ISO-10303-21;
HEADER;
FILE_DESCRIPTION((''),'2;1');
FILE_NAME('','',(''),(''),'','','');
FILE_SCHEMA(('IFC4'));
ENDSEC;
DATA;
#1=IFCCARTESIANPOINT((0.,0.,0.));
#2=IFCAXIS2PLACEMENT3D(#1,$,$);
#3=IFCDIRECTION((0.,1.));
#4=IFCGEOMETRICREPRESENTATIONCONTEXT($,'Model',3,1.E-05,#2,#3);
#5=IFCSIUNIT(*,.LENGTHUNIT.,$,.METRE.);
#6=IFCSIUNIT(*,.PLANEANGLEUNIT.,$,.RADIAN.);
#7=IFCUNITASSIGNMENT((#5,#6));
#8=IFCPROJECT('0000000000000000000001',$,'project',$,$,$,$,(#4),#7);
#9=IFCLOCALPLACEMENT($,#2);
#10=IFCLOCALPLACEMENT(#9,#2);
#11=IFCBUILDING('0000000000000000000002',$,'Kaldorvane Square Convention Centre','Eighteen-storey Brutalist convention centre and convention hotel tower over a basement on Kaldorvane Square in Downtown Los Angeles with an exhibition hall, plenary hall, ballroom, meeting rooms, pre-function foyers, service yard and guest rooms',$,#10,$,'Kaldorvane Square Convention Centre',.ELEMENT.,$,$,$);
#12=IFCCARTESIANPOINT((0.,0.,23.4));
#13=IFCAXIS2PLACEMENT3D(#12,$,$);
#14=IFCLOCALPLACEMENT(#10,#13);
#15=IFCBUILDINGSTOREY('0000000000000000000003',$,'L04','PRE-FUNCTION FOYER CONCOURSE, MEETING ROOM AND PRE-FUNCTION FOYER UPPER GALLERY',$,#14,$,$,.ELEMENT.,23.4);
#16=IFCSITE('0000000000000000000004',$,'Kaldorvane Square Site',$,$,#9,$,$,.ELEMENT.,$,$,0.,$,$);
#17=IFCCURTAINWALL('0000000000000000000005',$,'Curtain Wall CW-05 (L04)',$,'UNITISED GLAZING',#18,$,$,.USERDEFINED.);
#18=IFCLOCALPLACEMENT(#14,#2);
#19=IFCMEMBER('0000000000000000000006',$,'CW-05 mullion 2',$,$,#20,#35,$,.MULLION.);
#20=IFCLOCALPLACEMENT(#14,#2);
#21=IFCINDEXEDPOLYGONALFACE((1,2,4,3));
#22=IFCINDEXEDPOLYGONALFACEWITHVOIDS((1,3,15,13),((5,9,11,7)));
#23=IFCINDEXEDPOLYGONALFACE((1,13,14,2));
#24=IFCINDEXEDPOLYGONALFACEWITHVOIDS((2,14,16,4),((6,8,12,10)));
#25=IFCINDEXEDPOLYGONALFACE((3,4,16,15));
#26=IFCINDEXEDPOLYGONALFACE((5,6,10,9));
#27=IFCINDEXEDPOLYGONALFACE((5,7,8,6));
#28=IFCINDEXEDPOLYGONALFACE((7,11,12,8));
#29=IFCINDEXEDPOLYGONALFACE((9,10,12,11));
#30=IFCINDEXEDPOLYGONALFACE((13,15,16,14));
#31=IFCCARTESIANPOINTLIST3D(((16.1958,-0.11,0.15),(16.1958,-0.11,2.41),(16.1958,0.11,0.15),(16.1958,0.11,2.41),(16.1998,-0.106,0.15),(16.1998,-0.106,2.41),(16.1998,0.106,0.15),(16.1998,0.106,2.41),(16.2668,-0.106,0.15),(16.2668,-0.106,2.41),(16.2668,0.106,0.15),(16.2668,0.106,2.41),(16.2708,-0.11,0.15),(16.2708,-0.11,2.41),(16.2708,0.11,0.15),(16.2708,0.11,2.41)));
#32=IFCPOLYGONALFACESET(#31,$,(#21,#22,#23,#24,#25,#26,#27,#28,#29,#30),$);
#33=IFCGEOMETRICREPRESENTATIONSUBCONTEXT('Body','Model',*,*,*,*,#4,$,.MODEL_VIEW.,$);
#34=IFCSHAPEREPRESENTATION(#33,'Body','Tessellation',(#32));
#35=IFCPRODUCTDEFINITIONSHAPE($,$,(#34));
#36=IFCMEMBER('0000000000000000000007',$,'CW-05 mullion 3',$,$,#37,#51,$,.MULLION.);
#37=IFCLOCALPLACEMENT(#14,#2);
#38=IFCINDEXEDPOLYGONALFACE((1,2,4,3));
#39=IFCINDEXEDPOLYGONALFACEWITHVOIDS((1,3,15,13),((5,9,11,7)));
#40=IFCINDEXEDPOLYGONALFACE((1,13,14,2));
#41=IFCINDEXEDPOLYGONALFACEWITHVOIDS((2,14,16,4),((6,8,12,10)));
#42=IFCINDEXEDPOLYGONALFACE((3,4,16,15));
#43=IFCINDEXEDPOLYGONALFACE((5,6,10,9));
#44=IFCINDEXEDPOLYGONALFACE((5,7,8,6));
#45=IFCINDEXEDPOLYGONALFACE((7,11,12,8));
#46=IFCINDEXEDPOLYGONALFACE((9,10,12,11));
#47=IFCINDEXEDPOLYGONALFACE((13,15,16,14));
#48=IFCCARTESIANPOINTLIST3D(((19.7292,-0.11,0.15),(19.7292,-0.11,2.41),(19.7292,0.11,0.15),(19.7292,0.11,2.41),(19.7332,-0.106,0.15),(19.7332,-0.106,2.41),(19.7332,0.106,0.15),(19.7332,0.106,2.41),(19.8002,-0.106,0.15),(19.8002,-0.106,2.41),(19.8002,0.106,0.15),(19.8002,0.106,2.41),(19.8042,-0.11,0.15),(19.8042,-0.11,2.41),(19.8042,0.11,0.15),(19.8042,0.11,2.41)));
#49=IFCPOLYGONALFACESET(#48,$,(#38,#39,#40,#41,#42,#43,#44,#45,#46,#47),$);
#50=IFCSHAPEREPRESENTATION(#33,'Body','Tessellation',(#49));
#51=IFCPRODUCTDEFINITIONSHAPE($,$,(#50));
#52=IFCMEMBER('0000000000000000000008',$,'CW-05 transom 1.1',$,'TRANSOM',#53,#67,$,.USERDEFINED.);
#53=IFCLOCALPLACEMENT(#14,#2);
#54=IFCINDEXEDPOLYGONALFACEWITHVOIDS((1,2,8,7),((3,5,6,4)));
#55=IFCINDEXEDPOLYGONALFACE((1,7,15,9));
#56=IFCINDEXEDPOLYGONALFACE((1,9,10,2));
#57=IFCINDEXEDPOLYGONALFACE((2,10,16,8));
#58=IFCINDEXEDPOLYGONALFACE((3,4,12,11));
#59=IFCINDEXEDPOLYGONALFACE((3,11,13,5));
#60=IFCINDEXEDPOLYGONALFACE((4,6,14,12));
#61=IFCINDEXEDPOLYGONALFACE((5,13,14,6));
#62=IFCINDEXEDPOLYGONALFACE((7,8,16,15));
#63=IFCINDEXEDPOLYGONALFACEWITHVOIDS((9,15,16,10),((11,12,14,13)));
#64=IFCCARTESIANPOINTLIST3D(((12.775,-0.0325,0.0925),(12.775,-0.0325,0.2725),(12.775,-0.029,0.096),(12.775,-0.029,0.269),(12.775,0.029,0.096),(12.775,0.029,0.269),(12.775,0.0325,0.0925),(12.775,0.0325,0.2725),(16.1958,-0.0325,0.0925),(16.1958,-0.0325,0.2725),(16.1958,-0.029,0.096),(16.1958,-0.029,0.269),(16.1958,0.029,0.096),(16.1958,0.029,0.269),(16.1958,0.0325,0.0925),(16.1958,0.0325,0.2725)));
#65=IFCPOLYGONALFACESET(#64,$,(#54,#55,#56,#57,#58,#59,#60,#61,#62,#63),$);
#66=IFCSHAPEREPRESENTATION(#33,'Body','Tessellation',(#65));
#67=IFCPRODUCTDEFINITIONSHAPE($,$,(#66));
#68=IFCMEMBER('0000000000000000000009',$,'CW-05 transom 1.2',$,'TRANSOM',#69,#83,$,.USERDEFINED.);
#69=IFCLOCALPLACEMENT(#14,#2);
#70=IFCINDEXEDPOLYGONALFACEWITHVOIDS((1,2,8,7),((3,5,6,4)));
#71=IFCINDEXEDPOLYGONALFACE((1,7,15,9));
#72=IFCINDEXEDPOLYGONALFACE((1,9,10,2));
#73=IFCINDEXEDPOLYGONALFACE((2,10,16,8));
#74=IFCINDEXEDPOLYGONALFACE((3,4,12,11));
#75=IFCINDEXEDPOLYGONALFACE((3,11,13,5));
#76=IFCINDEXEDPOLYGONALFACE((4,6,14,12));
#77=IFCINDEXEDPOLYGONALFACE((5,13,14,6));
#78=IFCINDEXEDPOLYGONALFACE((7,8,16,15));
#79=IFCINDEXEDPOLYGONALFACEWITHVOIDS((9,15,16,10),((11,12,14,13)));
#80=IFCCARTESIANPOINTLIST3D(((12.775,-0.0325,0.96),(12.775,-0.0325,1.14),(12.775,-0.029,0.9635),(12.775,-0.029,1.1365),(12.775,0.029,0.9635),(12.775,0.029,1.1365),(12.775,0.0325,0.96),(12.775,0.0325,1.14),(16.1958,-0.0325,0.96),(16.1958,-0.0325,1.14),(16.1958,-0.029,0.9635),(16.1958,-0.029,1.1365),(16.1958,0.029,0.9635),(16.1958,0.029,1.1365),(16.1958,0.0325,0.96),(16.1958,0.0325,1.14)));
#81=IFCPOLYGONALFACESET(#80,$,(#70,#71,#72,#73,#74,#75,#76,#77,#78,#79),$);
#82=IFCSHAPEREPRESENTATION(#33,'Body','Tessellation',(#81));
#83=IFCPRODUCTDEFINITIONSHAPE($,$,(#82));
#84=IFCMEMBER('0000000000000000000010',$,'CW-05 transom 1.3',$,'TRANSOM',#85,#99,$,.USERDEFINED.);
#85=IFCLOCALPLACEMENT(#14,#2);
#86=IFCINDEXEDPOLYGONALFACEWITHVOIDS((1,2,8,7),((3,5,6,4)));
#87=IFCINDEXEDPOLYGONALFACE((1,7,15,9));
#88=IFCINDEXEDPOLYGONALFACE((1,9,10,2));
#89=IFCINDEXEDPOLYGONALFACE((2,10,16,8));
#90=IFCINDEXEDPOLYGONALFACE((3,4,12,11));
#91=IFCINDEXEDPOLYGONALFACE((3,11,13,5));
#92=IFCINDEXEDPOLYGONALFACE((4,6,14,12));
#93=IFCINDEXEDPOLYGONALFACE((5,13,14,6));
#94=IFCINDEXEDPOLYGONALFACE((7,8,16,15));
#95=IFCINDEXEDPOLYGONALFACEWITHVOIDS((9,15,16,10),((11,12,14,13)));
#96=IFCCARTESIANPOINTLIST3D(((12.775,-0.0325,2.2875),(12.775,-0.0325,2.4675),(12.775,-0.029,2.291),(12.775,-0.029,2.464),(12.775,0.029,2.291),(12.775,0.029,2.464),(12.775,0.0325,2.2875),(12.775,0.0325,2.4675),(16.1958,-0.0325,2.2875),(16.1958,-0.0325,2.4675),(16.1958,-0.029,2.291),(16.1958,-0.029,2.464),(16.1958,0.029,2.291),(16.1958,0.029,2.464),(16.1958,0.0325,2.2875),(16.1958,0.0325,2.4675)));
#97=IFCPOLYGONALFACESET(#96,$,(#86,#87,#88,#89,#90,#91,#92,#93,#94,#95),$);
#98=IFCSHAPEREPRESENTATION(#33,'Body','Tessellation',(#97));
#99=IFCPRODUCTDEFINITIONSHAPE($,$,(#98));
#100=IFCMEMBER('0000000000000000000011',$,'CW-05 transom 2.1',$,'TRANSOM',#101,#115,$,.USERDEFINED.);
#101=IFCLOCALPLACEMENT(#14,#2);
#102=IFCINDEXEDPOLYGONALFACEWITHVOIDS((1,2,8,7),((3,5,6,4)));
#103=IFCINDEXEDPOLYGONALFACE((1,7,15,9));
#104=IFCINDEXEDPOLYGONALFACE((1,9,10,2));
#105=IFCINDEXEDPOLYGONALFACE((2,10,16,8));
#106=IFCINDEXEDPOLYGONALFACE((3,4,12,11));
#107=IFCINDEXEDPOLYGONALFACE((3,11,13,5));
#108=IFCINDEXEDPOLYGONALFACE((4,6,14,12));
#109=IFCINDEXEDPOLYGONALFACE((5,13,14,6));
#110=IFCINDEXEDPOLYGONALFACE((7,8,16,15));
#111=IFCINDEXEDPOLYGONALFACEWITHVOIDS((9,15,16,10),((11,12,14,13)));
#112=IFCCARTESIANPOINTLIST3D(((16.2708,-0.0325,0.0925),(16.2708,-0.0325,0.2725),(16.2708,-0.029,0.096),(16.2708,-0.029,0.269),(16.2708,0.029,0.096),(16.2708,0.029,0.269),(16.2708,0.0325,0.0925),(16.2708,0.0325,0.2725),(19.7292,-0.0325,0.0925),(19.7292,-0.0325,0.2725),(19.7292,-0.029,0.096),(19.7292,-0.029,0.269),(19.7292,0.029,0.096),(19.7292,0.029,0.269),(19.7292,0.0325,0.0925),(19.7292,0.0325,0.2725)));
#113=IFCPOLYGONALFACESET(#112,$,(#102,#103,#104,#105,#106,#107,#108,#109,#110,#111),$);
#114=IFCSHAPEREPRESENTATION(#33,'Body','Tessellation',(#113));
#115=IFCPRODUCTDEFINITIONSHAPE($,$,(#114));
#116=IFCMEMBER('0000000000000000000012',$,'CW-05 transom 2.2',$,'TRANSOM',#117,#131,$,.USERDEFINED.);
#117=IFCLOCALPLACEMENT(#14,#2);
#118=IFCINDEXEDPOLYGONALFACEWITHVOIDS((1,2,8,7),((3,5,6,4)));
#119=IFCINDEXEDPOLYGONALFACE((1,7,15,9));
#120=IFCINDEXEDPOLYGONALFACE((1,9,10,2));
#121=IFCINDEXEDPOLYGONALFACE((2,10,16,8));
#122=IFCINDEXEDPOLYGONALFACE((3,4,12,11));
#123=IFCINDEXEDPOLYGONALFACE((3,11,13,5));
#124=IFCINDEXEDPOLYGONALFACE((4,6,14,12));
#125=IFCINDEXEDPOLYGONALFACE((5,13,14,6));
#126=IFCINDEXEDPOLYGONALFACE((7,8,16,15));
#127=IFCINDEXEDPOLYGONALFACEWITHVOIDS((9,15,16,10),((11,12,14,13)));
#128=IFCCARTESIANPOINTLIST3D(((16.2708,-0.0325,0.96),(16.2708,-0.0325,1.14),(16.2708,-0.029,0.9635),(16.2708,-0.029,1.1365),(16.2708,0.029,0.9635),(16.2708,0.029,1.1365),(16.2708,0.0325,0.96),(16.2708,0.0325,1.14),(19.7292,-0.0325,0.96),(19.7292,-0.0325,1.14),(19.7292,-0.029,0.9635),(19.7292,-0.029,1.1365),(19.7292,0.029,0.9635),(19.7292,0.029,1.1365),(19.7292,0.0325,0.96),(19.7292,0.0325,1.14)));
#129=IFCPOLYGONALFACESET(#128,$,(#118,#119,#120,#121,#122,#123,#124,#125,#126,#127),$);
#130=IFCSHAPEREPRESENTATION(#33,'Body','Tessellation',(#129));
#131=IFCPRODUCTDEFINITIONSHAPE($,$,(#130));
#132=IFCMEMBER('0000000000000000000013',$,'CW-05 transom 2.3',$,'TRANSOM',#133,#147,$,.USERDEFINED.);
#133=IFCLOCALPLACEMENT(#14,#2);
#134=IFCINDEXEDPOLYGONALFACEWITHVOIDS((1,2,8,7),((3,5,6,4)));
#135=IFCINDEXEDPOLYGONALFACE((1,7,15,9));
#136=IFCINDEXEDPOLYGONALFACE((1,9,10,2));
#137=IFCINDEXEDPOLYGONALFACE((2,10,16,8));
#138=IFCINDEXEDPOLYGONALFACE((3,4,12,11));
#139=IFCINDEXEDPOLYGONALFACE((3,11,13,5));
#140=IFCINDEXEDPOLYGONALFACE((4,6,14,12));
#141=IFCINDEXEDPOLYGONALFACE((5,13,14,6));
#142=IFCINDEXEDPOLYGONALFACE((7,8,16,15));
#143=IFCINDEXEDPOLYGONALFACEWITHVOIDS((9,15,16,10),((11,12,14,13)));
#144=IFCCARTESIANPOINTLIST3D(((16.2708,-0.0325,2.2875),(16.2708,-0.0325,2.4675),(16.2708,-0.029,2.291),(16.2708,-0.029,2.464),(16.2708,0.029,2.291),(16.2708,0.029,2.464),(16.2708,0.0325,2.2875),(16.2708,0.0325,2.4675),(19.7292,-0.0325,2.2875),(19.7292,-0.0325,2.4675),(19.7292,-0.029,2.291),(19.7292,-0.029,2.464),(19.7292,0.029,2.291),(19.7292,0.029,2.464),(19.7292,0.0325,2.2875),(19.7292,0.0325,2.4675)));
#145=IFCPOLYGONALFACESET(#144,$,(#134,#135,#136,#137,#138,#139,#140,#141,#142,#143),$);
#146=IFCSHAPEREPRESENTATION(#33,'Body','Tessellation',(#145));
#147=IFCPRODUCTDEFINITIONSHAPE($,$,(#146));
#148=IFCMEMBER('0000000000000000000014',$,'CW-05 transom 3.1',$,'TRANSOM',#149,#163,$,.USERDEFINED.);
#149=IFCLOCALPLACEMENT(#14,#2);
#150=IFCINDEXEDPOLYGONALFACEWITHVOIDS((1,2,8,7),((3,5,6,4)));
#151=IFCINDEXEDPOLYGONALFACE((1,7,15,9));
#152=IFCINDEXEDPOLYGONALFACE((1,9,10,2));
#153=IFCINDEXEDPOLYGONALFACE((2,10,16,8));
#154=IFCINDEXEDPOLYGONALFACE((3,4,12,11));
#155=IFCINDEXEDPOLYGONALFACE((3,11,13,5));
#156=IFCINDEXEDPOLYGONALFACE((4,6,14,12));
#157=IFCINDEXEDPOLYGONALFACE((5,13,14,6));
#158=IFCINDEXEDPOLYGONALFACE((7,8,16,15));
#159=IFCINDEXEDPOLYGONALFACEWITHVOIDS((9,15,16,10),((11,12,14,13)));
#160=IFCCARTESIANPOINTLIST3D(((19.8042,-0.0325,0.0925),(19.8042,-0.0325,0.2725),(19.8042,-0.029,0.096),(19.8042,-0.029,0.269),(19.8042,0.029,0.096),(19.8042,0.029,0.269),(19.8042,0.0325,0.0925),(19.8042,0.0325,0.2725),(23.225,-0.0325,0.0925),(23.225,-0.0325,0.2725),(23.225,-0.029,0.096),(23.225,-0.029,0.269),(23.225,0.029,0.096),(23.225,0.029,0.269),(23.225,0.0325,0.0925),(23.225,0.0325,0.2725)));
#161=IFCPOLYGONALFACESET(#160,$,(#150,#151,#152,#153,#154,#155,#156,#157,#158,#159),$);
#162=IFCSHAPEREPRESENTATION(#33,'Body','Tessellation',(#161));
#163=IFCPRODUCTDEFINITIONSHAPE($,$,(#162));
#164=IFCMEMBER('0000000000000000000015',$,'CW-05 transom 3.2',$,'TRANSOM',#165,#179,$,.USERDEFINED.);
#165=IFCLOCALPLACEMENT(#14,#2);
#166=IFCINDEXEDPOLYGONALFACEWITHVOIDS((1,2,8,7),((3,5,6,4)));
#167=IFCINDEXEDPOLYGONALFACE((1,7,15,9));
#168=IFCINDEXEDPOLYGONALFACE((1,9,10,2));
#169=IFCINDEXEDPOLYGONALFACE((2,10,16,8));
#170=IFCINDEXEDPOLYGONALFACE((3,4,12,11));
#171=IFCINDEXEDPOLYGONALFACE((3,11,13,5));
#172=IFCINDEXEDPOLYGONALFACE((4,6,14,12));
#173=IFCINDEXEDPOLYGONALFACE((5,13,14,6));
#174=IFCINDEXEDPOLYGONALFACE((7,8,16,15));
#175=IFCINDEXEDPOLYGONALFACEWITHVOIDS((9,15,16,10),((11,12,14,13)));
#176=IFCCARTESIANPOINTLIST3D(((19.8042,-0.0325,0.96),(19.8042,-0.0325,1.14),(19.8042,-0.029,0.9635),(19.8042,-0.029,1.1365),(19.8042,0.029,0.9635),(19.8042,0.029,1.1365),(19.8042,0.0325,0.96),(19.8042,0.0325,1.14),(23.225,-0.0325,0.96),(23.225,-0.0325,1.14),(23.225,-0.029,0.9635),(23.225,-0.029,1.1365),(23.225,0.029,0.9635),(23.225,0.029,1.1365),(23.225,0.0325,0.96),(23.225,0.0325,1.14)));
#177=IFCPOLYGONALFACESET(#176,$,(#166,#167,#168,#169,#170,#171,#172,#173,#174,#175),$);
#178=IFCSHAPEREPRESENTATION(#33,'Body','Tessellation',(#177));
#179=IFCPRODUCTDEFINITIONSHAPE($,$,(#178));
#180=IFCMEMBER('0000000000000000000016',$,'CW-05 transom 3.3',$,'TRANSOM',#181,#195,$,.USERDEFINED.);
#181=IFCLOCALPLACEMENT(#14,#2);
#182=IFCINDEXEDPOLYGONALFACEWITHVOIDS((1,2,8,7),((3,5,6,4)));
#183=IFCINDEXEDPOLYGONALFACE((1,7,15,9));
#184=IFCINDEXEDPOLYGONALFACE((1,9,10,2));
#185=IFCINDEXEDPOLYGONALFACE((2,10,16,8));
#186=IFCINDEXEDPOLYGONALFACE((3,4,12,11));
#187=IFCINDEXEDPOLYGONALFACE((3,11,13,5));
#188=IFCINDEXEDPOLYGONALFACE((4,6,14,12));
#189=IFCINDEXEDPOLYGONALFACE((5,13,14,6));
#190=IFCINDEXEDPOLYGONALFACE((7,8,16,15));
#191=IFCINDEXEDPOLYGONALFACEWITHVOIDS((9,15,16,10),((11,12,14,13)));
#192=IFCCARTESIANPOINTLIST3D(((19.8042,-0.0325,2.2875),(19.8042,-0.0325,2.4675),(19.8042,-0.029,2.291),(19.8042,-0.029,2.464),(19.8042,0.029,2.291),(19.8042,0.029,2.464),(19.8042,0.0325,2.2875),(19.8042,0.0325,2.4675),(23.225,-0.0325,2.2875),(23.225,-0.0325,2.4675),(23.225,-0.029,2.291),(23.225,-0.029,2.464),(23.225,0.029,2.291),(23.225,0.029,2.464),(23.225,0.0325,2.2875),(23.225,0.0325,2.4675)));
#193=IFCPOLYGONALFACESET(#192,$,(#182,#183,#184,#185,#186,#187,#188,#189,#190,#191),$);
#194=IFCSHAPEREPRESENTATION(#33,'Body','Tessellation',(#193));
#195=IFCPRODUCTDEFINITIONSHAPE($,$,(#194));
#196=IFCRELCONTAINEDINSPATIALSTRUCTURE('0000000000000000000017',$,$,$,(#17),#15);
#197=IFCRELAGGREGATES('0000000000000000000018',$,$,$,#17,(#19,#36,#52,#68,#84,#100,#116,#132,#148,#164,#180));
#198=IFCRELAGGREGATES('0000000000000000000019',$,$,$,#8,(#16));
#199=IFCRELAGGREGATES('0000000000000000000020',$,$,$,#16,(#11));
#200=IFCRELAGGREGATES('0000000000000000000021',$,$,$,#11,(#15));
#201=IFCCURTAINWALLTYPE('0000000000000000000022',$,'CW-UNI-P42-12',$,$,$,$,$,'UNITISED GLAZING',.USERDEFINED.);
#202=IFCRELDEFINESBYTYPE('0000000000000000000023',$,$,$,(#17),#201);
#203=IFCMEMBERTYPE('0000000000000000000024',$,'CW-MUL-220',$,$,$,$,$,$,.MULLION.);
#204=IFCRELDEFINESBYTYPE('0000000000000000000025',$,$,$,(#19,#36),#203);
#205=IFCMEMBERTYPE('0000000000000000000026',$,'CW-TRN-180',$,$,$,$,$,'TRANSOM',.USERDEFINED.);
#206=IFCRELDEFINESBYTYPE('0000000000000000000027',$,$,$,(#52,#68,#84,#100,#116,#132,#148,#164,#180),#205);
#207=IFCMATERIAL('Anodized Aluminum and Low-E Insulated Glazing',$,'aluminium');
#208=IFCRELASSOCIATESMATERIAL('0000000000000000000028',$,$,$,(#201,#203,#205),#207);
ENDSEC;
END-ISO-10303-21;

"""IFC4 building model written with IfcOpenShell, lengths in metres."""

from ifc_helpers import new_model, si_unit, direction, frame, origin, origin_2d, place, context, subcontext, project, spatial, hollow_rectangle, extrude, material, material_profile, profile_set, type_object, element, aggregate, save


model = new_model("IFC4")

# Units and contexts
model_context = context("Model", 3, precision=1e-05, world=origin(), true_north=direction((0.0, 1.0)))
body_context = subcontext(model_context, "Body", "Model", "MODEL_VIEW")
ifc_project = project(units=[si_unit("LENGTHUNIT", "METRE"), si_unit("PLANEANGLEUNIT", "RADIAN")], contexts=[model_context])

# Site, building, storey
site_placement = place(None, origin())
site = spatial("IfcSite", under=ifc_project, at=site_placement, Name="Kaldorvane Square Site", CompositionType="ELEMENT", RefElevation=0.0)
building_placement = place(site_placement, origin())
building = spatial("IfcBuilding", under=site, at=building_placement, Name="Kaldorvane Square Convention Centre", Description="Eighteen-storey Brutalist convention centre and convention hotel tower over a basement on Kaldorvane Square in Downtown Los Angeles with an exhibition hall, plenary hall, ballroom, meeting rooms, pre-function foyers, service yard and guest rooms", LongName="Kaldorvane Square Convention Centre", CompositionType="ELEMENT")
storey_placement = place(building_placement, frame((0.0, 0.0, 23.4)))
storey = spatial("IfcBuildingStorey", under=building, at=storey_placement, Name="L04", Description="PRE-FUNCTION FOYER CONCOURSE, MEETING ROOM AND PRE-FUNCTION FOYER UPPER GALLERY", CompositionType="ELEMENT", Elevation=23.4)

# Curtain wall, members
ifc_material_1 = material(Name="Anodized Aluminum and Low-E Insulated Glazing", Category="aluminium")
curtain_wall_type = type_object("IfcCurtainWallType", Name="CW-UNI-P42-12", ElementType="UNITISED GLAZING", PredefinedType="USERDEFINED", material=ifc_material_1)
curtain_wall_placement = place(storey_placement, origin())
curtain_wall = element("IfcCurtainWall", 1, at=curtain_wall_placement, inside=storey, type_object=curtain_wall_type, Name="Curtain Wall CW-05 (L04)", ObjectType="UNITISED GLAZING", PredefinedType="USERDEFINED")
ifc_material_profile_1 = material_profile(ifc_material_1, hollow_rectangle(XDim=0.075, YDim=0.22, WallThickness=0.004, at=origin_2d()), Name="CWM-220X75")
ifc_profile_set_1 = profile_set([ifc_material_profile_1], Name="Anodized Aluminum and Low-E Insulated Glazing")
member_type_1 = type_object("IfcMemberType", Name="CW-MUL-220", PredefinedType="MULLION", material=ifc_profile_set_1)
member_1_placement = place(storey_placement, frame((16.2333, 0.0, 0.15), z_axis=(0.0, 0.0, 1.0), x_axis=(1.0, 0.0, 0.0)))
member_1 = element("IfcMember", 2, at=member_1_placement, type_object=member_type_1, Name="CW-05 mullion 2", PredefinedType="MULLION", context=body_context, shape_type="SweptSolid", body=[
    extrude(hollow_rectangle(XDim=0.075, YDim=0.22, WallThickness=0.004, at=origin_2d()), origin(), (0.0, 0.0, 1.0), 2.26),
])
member_2_placement = place(storey_placement, frame((19.7667, 0.0, 0.15), z_axis=(0.0, 0.0, 1.0), x_axis=(1.0, 0.0, 0.0)))
member_2 = element("IfcMember", 3, at=member_2_placement, type_object=member_type_1, Name="CW-05 mullion 3", PredefinedType="MULLION", context=body_context, shape_type="SweptSolid", body=[
    extrude(hollow_rectangle(XDim=0.075, YDim=0.22, WallThickness=0.004, at=origin_2d()), origin(), (0.0, 0.0, 1.0), 2.26),
])
ifc_material_profile_2 = material_profile(ifc_material_1, hollow_rectangle(XDim=0.065, YDim=0.18, WallThickness=0.0035, at=origin_2d()), Name="CWT-180X65")
ifc_profile_set_2 = profile_set([ifc_material_profile_2], Name="Anodized Aluminum and Low-E Insulated Glazing")
member_type_2 = type_object("IfcMemberType", Name="CW-TRN-180", ElementType="TRANSOM", PredefinedType="USERDEFINED", material=ifc_profile_set_2)
member_3_placement = place(storey_placement, frame((12.775, 0.0, 0.1825), z_axis=(1.0, 0.0, 0.0), x_axis=(0.0, 1.0, 0.0)))
member_3 = element("IfcMember", 4, at=member_3_placement, type_object=member_type_2, Name="CW-05 transom 1.1", ObjectType="TRANSOM", PredefinedType="USERDEFINED", context=body_context, shape_type="SweptSolid", body=[
    extrude(hollow_rectangle(XDim=0.065, YDim=0.18, WallThickness=0.0035, at=origin_2d()), origin(), (0.0, 0.0, 1.0), 3.4208),
])
member_4_placement = place(storey_placement, frame((12.775, 0.0, 1.05), z_axis=(1.0, 0.0, 0.0), x_axis=(0.0, 1.0, 0.0)))
member_4 = element("IfcMember", 5, at=member_4_placement, type_object=member_type_2, Name="CW-05 transom 1.2", ObjectType="TRANSOM", PredefinedType="USERDEFINED", context=body_context, shape_type="SweptSolid", body=[
    extrude(hollow_rectangle(XDim=0.065, YDim=0.18, WallThickness=0.0035, at=origin_2d()), origin(), (0.0, 0.0, 1.0), 3.4208),
])
member_5_placement = place(storey_placement, frame((12.775, 0.0, 2.3775), z_axis=(1.0, 0.0, 0.0), x_axis=(0.0, 1.0, 0.0)))
member_5 = element("IfcMember", 6, at=member_5_placement, type_object=member_type_2, Name="CW-05 transom 1.3", ObjectType="TRANSOM", PredefinedType="USERDEFINED", context=body_context, shape_type="SweptSolid", body=[
    extrude(hollow_rectangle(XDim=0.065, YDim=0.18, WallThickness=0.0035, at=origin_2d()), origin(), (0.0, 0.0, 1.0), 3.4208),
])
member_6_placement = place(storey_placement, frame((16.2708, 0.0, 0.1825), z_axis=(1.0, 0.0, 0.0), x_axis=(0.0, 1.0, 0.0)))
member_6 = element("IfcMember", 7, at=member_6_placement, type_object=member_type_2, Name="CW-05 transom 2.1", ObjectType="TRANSOM", PredefinedType="USERDEFINED", context=body_context, shape_type="SweptSolid", body=[
    extrude(hollow_rectangle(XDim=0.065, YDim=0.18, WallThickness=0.0035, at=origin_2d()), origin(), (0.0, 0.0, 1.0), 3.4583),
])
member_7_placement = place(storey_placement, frame((16.2708, 0.0, 1.05), z_axis=(1.0, 0.0, 0.0), x_axis=(0.0, 1.0, 0.0)))
member_7 = element("IfcMember", 8, at=member_7_placement, type_object=member_type_2, Name="CW-05 transom 2.2", ObjectType="TRANSOM", PredefinedType="USERDEFINED", context=body_context, shape_type="SweptSolid", body=[
    extrude(hollow_rectangle(XDim=0.065, YDim=0.18, WallThickness=0.0035, at=origin_2d()), origin(), (0.0, 0.0, 1.0), 3.4583),
])
member_8_placement = place(storey_placement, frame((16.2708, 0.0, 2.3775), z_axis=(1.0, 0.0, 0.0), x_axis=(0.0, 1.0, 0.0)))
member_8 = element("IfcMember", 9, at=member_8_placement, type_object=member_type_2, Name="CW-05 transom 2.3", ObjectType="TRANSOM", PredefinedType="USERDEFINED", context=body_context, shape_type="SweptSolid", body=[
    extrude(hollow_rectangle(XDim=0.065, YDim=0.18, WallThickness=0.0035, at=origin_2d()), origin(), (0.0, 0.0, 1.0), 3.4583),
])
member_9_placement = place(storey_placement, frame((19.8042, 0.0, 0.1825), z_axis=(1.0, 0.0, 0.0), x_axis=(0.0, 1.0, 0.0)))
member_9 = element("IfcMember", 10, at=member_9_placement, type_object=member_type_2, Name="CW-05 transom 3.1", ObjectType="TRANSOM", PredefinedType="USERDEFINED", context=body_context, shape_type="SweptSolid", body=[
    extrude(hollow_rectangle(XDim=0.065, YDim=0.18, WallThickness=0.0035, at=origin_2d()), origin(), (0.0, 0.0, 1.0), 3.4208),
])
member_10_placement = place(storey_placement, frame((19.8042, 0.0, 1.05), z_axis=(1.0, 0.0, 0.0), x_axis=(0.0, 1.0, 0.0)))
member_10 = element("IfcMember", 11, at=member_10_placement, type_object=member_type_2, Name="CW-05 transom 3.2", ObjectType="TRANSOM", PredefinedType="USERDEFINED", context=body_context, shape_type="SweptSolid", body=[
    extrude(hollow_rectangle(XDim=0.065, YDim=0.18, WallThickness=0.0035, at=origin_2d()), origin(), (0.0, 0.0, 1.0), 3.4208),
])
member_11_placement = place(storey_placement, frame((19.8042, 0.0, 2.3775), z_axis=(1.0, 0.0, 0.0), x_axis=(0.0, 1.0, 0.0)))
member_11 = element("IfcMember", 12, at=member_11_placement, type_object=member_type_2, Name="CW-05 transom 3.3", ObjectType="TRANSOM", PredefinedType="USERDEFINED", context=body_context, shape_type="SweptSolid", body=[
    extrude(hollow_rectangle(XDim=0.065, YDim=0.18, WallThickness=0.0035, at=origin_2d()), origin(), (0.0, 0.0, 1.0), 3.4208),
])
aggregate(curtain_wall, [member_1, member_2, member_3, member_4, member_5, member_6, member_7, member_8, member_9, member_10, member_11])

save(model, "model.ifc")
